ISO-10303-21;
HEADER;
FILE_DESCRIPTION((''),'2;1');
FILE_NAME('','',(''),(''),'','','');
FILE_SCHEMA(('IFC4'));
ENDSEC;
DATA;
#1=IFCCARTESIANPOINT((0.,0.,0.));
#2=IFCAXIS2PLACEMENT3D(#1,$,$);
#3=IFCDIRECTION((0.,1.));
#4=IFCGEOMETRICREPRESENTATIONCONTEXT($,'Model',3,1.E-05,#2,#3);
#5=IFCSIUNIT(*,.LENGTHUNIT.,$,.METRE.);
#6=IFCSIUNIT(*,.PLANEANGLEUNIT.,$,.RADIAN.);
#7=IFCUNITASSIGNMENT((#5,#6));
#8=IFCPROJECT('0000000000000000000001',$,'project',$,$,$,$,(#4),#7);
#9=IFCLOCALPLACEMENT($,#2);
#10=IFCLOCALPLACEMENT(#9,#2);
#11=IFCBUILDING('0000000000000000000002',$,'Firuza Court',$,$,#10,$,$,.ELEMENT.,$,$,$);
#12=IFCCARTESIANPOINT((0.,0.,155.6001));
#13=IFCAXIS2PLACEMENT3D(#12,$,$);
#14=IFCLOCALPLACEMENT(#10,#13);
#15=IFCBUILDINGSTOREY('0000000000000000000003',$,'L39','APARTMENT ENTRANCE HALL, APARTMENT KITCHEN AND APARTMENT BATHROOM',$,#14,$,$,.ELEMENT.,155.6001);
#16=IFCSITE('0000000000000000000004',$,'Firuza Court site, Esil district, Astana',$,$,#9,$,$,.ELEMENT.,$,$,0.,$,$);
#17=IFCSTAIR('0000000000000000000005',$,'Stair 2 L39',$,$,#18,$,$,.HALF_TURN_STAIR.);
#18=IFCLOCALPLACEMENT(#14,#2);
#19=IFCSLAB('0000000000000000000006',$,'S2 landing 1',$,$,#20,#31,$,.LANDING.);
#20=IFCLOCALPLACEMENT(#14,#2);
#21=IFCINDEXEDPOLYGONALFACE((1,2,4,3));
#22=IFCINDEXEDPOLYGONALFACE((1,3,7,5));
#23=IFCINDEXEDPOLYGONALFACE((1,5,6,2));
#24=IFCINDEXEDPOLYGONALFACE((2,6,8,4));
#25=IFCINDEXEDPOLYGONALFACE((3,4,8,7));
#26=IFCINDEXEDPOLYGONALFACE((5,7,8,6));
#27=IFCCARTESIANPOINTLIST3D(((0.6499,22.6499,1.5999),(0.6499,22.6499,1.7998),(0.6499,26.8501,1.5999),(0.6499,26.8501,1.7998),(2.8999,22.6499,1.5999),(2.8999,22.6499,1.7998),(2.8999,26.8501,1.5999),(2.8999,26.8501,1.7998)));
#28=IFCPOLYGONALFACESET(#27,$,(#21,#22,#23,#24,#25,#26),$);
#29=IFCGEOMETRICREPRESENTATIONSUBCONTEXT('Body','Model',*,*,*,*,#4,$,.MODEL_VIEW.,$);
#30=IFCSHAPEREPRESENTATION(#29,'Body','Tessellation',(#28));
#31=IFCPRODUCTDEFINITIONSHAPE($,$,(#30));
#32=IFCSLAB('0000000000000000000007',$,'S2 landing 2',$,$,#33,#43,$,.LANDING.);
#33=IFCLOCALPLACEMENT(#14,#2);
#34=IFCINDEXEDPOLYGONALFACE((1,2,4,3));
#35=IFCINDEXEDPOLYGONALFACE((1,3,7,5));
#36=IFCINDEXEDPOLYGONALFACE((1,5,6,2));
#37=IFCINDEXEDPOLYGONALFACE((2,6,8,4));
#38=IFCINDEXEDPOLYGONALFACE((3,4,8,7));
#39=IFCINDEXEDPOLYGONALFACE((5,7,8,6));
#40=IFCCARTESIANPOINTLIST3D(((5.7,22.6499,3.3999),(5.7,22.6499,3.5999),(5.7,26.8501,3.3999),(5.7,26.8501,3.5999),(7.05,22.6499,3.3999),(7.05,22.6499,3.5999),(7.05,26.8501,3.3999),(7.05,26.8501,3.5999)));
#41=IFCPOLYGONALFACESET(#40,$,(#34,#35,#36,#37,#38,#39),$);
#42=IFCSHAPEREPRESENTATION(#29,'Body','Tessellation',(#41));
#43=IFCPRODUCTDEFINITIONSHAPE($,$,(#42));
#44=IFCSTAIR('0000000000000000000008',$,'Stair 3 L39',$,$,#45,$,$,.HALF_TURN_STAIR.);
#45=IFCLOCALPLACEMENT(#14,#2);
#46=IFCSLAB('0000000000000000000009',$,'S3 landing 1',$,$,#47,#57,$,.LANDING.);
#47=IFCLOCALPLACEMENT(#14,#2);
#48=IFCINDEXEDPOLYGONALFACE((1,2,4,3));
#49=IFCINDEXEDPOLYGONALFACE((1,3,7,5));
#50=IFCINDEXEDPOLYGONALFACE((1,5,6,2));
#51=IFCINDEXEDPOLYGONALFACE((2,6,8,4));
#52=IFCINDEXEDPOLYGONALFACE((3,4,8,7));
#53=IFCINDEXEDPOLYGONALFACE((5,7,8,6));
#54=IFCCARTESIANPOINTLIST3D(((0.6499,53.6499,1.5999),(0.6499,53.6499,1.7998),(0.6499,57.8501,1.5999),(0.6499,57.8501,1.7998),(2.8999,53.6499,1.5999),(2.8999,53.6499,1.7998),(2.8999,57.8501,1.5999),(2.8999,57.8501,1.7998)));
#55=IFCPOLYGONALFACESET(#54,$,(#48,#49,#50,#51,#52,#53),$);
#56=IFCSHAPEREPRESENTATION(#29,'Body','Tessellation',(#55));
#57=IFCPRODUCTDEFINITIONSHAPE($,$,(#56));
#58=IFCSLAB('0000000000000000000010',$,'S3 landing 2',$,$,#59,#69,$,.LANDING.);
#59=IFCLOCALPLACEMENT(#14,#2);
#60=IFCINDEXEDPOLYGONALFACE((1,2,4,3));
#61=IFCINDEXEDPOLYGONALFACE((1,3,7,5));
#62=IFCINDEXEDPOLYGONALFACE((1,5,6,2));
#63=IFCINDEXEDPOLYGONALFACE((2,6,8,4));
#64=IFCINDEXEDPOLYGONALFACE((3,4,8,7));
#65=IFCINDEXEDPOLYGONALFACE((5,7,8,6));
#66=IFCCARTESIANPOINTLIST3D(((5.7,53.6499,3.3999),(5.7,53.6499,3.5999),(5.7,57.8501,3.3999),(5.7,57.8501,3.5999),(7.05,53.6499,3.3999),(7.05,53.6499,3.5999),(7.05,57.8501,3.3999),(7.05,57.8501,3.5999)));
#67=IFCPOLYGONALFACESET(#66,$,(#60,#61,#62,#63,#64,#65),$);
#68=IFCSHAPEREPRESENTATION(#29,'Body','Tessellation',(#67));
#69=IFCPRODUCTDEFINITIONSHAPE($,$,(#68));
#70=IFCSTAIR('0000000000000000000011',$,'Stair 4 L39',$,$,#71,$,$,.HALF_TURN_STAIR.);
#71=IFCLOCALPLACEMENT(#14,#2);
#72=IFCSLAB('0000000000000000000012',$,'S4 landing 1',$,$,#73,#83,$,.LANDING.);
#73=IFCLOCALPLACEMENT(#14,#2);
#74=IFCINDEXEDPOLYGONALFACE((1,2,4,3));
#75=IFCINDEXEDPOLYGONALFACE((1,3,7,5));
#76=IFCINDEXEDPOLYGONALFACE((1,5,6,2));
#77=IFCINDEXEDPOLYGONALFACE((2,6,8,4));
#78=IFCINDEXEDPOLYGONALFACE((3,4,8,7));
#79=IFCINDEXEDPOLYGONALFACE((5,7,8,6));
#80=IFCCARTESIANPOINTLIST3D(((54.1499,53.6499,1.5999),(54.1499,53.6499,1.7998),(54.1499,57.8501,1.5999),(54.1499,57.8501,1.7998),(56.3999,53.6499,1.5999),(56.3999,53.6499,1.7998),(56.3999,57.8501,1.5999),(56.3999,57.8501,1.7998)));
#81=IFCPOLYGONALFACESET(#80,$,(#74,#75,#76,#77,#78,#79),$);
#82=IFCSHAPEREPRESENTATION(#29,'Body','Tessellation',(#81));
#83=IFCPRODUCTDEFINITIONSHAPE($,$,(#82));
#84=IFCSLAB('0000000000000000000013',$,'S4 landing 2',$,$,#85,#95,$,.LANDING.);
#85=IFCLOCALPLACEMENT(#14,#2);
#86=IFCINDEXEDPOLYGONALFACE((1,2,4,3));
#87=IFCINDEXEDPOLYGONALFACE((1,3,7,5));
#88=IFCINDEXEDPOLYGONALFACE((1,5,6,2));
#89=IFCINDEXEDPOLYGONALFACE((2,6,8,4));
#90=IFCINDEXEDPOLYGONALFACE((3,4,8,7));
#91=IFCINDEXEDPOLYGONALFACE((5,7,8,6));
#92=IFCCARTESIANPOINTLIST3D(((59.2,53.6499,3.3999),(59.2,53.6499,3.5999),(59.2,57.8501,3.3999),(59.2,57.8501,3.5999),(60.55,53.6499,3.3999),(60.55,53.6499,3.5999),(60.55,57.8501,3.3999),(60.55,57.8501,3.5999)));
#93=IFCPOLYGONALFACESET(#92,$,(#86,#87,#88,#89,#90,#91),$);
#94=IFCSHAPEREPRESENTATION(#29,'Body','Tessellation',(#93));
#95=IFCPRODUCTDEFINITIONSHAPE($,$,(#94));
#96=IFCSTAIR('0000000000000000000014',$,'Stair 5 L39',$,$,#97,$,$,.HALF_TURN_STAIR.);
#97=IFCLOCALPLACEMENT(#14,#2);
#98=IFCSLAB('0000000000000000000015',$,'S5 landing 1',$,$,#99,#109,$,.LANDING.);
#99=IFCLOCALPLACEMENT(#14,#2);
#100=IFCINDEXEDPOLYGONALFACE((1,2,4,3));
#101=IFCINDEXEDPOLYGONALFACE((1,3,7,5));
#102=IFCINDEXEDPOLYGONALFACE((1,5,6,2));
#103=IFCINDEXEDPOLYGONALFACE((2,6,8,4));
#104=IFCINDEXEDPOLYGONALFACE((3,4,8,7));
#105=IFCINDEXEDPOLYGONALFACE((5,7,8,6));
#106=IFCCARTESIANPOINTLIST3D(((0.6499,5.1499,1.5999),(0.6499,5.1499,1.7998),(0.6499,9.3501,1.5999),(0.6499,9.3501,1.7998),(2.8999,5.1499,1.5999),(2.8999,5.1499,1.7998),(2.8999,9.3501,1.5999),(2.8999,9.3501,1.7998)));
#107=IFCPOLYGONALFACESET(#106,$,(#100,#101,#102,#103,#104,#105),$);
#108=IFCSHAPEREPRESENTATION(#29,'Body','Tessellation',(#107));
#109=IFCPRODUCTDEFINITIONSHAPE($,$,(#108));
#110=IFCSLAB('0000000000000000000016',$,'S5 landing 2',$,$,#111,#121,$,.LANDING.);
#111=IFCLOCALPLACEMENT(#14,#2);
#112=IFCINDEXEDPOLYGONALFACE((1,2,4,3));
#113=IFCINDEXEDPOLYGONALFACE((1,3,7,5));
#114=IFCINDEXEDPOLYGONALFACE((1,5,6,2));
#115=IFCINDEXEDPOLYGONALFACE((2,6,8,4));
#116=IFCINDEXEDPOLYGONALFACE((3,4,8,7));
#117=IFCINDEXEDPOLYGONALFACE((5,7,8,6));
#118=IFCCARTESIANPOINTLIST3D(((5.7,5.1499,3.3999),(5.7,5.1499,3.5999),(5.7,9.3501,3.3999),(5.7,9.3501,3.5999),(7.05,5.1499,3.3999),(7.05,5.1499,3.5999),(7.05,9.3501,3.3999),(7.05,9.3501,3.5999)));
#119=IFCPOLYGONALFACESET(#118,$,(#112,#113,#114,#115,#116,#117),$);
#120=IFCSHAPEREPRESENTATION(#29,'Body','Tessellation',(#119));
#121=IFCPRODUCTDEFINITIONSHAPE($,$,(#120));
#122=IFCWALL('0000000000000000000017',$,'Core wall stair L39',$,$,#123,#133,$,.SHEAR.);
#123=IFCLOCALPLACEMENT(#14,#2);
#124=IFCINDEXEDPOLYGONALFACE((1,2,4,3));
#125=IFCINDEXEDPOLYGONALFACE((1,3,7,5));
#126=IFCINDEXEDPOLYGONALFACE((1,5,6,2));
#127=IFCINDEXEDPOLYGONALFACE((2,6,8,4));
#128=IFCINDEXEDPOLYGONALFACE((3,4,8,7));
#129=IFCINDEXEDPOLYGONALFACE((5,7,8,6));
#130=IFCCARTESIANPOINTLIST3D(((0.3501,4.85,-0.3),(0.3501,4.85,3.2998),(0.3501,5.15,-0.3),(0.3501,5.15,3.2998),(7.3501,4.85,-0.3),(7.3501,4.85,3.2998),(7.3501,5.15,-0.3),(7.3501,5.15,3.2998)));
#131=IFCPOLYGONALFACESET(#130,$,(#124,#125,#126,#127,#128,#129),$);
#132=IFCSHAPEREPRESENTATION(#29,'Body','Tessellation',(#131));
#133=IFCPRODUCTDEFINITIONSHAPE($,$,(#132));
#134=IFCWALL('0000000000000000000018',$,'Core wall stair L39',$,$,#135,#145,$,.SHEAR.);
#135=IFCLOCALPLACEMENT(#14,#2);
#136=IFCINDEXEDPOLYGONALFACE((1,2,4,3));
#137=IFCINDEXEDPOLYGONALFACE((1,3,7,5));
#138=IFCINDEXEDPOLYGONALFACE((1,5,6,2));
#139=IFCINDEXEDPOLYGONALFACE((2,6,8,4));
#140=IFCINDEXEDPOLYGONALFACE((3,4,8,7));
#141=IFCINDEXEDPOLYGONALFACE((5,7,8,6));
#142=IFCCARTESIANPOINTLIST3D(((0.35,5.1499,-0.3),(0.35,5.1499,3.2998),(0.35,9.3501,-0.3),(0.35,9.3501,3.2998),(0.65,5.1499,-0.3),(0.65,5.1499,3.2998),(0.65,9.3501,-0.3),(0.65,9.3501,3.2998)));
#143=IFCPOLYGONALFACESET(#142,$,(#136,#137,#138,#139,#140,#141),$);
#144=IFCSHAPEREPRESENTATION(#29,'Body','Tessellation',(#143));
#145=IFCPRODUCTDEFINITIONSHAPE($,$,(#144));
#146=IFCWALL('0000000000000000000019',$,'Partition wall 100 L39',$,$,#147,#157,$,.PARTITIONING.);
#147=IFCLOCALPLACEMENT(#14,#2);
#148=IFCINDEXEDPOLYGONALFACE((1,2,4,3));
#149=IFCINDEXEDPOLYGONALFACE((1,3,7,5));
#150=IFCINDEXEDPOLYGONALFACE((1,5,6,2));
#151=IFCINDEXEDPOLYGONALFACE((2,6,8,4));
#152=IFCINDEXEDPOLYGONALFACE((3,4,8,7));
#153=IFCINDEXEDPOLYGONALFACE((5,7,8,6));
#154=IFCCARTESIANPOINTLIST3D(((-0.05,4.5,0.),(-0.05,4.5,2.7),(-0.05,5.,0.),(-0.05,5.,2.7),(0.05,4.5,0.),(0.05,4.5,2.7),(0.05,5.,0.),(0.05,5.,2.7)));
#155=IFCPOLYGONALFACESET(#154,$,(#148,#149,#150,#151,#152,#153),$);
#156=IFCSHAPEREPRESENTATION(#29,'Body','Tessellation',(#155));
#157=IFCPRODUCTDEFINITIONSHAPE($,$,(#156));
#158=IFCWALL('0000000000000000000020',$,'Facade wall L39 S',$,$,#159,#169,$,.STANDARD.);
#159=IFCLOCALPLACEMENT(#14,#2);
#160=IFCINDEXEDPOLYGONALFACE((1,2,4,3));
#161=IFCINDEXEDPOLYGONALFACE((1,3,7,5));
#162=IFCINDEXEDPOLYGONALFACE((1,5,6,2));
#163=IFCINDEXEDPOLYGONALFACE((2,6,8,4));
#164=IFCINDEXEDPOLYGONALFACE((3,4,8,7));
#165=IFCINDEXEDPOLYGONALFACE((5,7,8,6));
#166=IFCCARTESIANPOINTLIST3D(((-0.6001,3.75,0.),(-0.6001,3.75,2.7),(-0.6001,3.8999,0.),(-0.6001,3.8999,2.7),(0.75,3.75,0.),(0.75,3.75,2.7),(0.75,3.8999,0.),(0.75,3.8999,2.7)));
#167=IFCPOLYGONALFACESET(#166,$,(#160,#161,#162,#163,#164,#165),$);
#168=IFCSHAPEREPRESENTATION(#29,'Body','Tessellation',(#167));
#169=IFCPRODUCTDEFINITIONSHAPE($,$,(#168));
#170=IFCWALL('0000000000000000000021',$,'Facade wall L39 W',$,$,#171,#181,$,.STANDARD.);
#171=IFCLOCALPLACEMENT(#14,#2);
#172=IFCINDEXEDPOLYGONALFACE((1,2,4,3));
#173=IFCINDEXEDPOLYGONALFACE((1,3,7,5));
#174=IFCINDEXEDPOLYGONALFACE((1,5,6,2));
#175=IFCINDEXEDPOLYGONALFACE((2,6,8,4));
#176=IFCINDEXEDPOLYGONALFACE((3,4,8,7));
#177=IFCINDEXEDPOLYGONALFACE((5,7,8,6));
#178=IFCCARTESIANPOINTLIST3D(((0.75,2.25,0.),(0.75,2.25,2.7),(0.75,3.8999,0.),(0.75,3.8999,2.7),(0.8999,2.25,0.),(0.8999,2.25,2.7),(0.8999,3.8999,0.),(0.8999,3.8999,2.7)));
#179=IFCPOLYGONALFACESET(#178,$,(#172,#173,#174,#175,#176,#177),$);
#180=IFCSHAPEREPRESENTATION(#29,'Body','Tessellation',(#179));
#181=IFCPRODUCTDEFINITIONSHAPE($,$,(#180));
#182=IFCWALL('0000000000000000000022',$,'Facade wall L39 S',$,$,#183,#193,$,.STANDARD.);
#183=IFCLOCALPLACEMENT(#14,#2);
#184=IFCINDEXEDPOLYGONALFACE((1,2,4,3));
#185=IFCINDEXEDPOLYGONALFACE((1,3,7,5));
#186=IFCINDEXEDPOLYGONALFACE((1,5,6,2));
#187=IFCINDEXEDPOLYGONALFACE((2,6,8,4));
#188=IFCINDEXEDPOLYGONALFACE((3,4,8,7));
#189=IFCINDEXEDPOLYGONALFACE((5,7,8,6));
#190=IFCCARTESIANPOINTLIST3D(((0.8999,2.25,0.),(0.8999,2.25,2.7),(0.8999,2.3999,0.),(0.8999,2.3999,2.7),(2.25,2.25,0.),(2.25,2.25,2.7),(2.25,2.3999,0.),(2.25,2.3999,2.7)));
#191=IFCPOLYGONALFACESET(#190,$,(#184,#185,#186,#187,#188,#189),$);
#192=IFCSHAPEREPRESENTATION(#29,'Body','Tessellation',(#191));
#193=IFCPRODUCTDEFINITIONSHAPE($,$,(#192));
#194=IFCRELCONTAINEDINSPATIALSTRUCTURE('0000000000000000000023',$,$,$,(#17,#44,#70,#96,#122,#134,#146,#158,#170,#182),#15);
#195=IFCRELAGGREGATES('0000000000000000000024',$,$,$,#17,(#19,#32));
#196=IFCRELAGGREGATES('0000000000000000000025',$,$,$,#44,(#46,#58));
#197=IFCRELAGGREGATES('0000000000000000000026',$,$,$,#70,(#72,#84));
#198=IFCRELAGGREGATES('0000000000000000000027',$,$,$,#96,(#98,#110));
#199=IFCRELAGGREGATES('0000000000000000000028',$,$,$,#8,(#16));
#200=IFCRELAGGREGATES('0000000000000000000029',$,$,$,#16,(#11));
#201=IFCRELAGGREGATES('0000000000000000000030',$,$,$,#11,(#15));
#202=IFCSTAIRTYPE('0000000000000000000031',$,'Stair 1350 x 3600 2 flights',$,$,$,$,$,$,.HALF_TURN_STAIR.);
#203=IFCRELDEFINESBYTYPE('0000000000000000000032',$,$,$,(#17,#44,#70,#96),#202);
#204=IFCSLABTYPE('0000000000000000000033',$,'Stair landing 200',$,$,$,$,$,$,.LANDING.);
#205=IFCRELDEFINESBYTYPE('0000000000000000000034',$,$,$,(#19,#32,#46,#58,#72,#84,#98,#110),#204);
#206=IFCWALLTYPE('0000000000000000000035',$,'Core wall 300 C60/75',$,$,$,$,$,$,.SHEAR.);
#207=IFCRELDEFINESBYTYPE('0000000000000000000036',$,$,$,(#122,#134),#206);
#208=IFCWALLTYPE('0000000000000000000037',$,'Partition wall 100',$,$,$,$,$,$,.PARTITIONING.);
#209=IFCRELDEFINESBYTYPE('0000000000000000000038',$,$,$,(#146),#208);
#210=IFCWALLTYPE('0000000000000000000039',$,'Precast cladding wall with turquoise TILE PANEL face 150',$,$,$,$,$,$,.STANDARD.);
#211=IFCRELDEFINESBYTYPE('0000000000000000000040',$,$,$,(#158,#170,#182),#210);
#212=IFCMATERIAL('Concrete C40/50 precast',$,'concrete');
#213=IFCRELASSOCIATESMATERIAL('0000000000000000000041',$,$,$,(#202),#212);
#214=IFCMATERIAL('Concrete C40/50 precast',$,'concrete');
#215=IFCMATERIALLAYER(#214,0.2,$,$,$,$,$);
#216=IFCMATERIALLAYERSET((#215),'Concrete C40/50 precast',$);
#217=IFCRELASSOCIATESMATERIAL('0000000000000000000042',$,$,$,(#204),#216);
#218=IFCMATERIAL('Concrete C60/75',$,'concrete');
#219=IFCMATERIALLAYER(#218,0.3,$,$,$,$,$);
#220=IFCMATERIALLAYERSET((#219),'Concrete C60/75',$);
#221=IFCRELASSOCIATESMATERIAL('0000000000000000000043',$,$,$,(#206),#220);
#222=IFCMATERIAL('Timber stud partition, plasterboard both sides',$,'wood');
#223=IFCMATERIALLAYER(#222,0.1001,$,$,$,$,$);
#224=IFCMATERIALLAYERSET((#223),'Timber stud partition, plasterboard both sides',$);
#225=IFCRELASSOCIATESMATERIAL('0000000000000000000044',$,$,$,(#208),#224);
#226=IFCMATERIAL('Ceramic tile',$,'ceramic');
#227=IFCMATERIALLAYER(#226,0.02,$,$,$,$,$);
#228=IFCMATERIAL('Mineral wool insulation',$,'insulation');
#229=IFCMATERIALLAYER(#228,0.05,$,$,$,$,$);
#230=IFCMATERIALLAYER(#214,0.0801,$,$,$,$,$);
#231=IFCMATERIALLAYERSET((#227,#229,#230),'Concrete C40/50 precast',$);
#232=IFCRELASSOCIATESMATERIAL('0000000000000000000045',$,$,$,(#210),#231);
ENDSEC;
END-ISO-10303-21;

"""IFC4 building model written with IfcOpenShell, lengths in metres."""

from ifc_helpers import new_model, si_unit, direction, frame, frame_2d, origin, place, context, subcontext, project, spatial, polyline, rectangle, outline, extrude, material, layer, layer_set, type_object, element, aggregate, save


model = new_model("IFC4")

# Units and contexts
model_context = context("Model", 3, precision=1e-05, world=origin(), true_north=direction((0.0, 1.0)))
body_context = subcontext(model_context, "Body", "Model", "MODEL_VIEW")
ifc_project = project(units=[si_unit("LENGTHUNIT", "METRE"), si_unit("PLANEANGLEUNIT", "RADIAN")], contexts=[model_context])

# Site, building, storey
site_placement = place(None, origin())
site = spatial("IfcSite", under=ifc_project, at=site_placement, Name="Firuza Court site, Esil district, Astana", CompositionType="ELEMENT", RefElevation=0.0)
building_placement = place(site_placement, origin())
building = spatial("IfcBuilding", under=site, at=building_placement, Name="Firuza Court", CompositionType="ELEMENT")
storey_placement = place(building_placement, frame((0.0, 0.0, 155.6001)))
storey = spatial("IfcBuildingStorey", under=building, at=storey_placement, Name="L39", Description="APARTMENT ENTRANCE HALL, APARTMENT KITCHEN AND APARTMENT BATHROOM", CompositionType="ELEMENT", Elevation=155.6001)

# Stairs, slabs
ifc_material_1 = material(Name="Concrete C40/50 precast", Category="concrete")
stair_type = type_object("IfcStairType", Name="Stair 1350 x 3600 2 flights", PredefinedType="HALF_TURN_STAIR", material=ifc_material_1)
ifc_material_2 = material(Name="Concrete C40/50 precast", Category="concrete")
ifc_layer_1 = layer(ifc_material_2, 0.2)
ifc_layer_set_1 = layer_set([ifc_layer_1], Name="Concrete C40/50 precast")
slab_type_1 = type_object("IfcSlabType", Name="Stair landing 200", PredefinedType="LANDING", material=ifc_layer_set_1)
stair_1_placement = place(storey_placement, origin())
stair_1 = element("IfcStair", 1, at=stair_1_placement, inside=storey, type_object=stair_type, Name="Stair 2 L39", PredefinedType="HALF_TURN_STAIR")
slab_1_placement = place(storey_placement, frame((0.0, 0.0, 1.5999)))
slab_1 = element("IfcSlab", 2, at=slab_1_placement, type_object=slab_type_1, Name="S2 landing 1", PredefinedType="LANDING", context=body_context, shape_type="SweptSolid", body=[
    extrude(outline(polyline([(2.8999, 22.6499), (2.8999, 26.8501), (0.6499, 26.8501), (0.6499, 22.6499), (2.8999, 22.6499)])), origin(), (0.0, 0.0, 1.0), 0.2),
])
slab_2_placement = place(storey_placement, frame((0.0, 0.0, 3.3999)))
slab_2 = element("IfcSlab", 3, at=slab_2_placement, type_object=slab_type_1, Name="S2 landing 2", PredefinedType="LANDING", context=body_context, shape_type="SweptSolid", body=[
    extrude(outline(polyline([(7.05, 22.6499), (7.05, 26.8501), (5.7, 26.8501), (5.7, 22.6499), (7.05, 22.6499)])), origin(), (0.0, 0.0, 1.0), 0.2),
])
aggregate(stair_1, [slab_1, slab_2])
stair_2_placement = place(storey_placement, origin())
stair_2 = element("IfcStair", 4, at=stair_2_placement, inside=storey, type_object=stair_type, Name="Stair 3 L39", PredefinedType="HALF_TURN_STAIR")
slab_3_placement = place(storey_placement, frame((0.0, 0.0, 1.5999)))
slab_3 = element("IfcSlab", 5, at=slab_3_placement, type_object=slab_type_1, Name="S3 landing 1", PredefinedType="LANDING", context=body_context, shape_type="SweptSolid", body=[
    extrude(outline(polyline([(2.8999, 53.6499), (2.8999, 57.8501), (0.6499, 57.8501), (0.6499, 53.6499), (2.8999, 53.6499)])), origin(), (0.0, 0.0, 1.0), 0.2),
])
slab_4_placement = place(storey_placement, frame((0.0, 0.0, 3.3999)))
slab_4 = element("IfcSlab", 6, at=slab_4_placement, type_object=slab_type_1, Name="S3 landing 2", PredefinedType="LANDING", context=body_context, shape_type="SweptSolid", body=[
    extrude(outline(polyline([(7.05, 53.6499), (7.05, 57.8501), (5.7, 57.8501), (5.7, 53.6499), (7.05, 53.6499)])), origin(), (0.0, 0.0, 1.0), 0.2),
])
aggregate(stair_2, [slab_3, slab_4])
stair_3_placement = place(storey_placement, origin())
stair_3 = element("IfcStair", 7, at=stair_3_placement, inside=storey, type_object=stair_type, Name="Stair 4 L39", PredefinedType="HALF_TURN_STAIR")
slab_5_placement = place(storey_placement, frame((0.0, 0.0, 1.5999)))
slab_5 = element("IfcSlab", 8, at=slab_5_placement, type_object=slab_type_1, Name="S4 landing 1", PredefinedType="LANDING", context=body_context, shape_type="SweptSolid", body=[
    extrude(outline(polyline([(56.3999, 53.6499), (56.3999, 57.8501), (54.1499, 57.8501), (54.1499, 53.6499), (56.3999, 53.6499)])), origin(), (0.0, 0.0, 1.0), 0.2),
])
slab_6_placement = place(storey_placement, frame((0.0, 0.0, 3.3999)))
slab_6 = element("IfcSlab", 9, at=slab_6_placement, type_object=slab_type_1, Name="S4 landing 2", PredefinedType="LANDING", context=body_context, shape_type="SweptSolid", body=[
    extrude(outline(polyline([(60.55, 53.6499), (60.55, 57.8501), (59.2, 57.8501), (59.2, 53.6499), (60.55, 53.6499)])), origin(), (0.0, 0.0, 1.0), 0.2),
])
aggregate(stair_3, [slab_5, slab_6])
stair_4_placement = place(storey_placement, origin())
stair_4 = element("IfcStair", 10, at=stair_4_placement, inside=storey, type_object=stair_type, Name="Stair 5 L39", PredefinedType="HALF_TURN_STAIR")
slab_7_placement = place(storey_placement, frame((0.0, 0.0, 1.5999)))
slab_7 = element("IfcSlab", 11, at=slab_7_placement, type_object=slab_type_1, Name="S5 landing 1", PredefinedType="LANDING", context=body_context, shape_type="SweptSolid", body=[
    extrude(outline(polyline([(2.8999, 5.1499), (2.8999, 9.3501), (0.6499, 9.3501), (0.6499, 5.1499), (2.8999, 5.1499)])), origin(), (0.0, 0.0, 1.0), 0.2),
])
slab_8_placement = place(storey_placement, frame((0.0, 0.0, 3.3999)))
slab_8 = element("IfcSlab", 12, at=slab_8_placement, type_object=slab_type_1, Name="S5 landing 2", PredefinedType="LANDING", context=body_context, shape_type="SweptSolid", body=[
    extrude(outline(polyline([(7.05, 5.1499), (7.05, 9.3501), (5.7, 9.3501), (5.7, 5.1499), (7.05, 5.1499)])), origin(), (0.0, 0.0, 1.0), 0.2),
])
aggregate(stair_4, [slab_7, slab_8])

# Walls
ifc_material_3 = material(Name="Concrete C60/75", Category="concrete")
ifc_layer_2 = layer(ifc_material_3, 0.3)
ifc_layer_set_2 = layer_set([ifc_layer_2], Name="Concrete C60/75")
wall_type_1 = type_object("IfcWallType", Name="Core wall 300 C60/75", PredefinedType="SHEAR", material=ifc_layer_set_2)
wall_1_placement = place(storey_placement, frame((0.3501, 5.0, -0.3), z_axis=(0.0, 0.0, 1.0), x_axis=(1.0, 0.0, 0.0)))
element("IfcWall", 13, at=wall_1_placement, inside=storey, type_object=wall_type_1, Name="Core wall stair L39", PredefinedType="SHEAR", context=body_context, shape_type="SweptSolid", body=[
    extrude(rectangle(XDim=7.0, YDim=0.3, at=frame_2d((3.5, 0.0))), origin(), (0.0, 0.0, 1.0), 3.5999),
])
wall_2_placement = place(storey_placement, frame((0.5, 5.1499, -0.3), z_axis=(0.0, 0.0, 1.0), x_axis=(0.0, 1.0, 0.0)))
element("IfcWall", 14, at=wall_2_placement, inside=storey, type_object=wall_type_1, Name="Core wall stair L39", PredefinedType="SHEAR", context=body_context, shape_type="SweptSolid", body=[
    extrude(rectangle(XDim=4.2002, YDim=0.3, at=frame_2d((2.1001, 0.0))), origin(), (0.0, 0.0, 1.0), 3.5999),
])
ifc_material_4 = material(Name="Timber stud partition, plasterboard both sides", Category="wood")
ifc_layer_3 = layer(ifc_material_4, 0.1001)
ifc_layer_set_3 = layer_set([ifc_layer_3], Name="Timber stud partition, plasterboard both sides")
wall_type_2 = type_object("IfcWallType", Name="Partition wall 100", PredefinedType="PARTITIONING", material=ifc_layer_set_3)
wall_3_placement = place(storey_placement, frame((0.0, 4.5, 0.0), z_axis=(0.0, 0.0, 1.0), x_axis=(0.0, 1.0, 0.0)))
element("IfcWall", 15, at=wall_3_placement, inside=storey, type_object=wall_type_2, Name="Partition wall 100 L39", PredefinedType="PARTITIONING", context=body_context, shape_type="SweptSolid", body=[
    extrude(rectangle(XDim=0.5, YDim=0.1001, at=frame_2d((0.25, 0.0))), origin(), (0.0, 0.0, 1.0), 2.7),
])
ifc_material_5 = material(Name="Ceramic tile", Category="ceramic")
ifc_layer_4 = layer(ifc_material_5, 0.02)
ifc_material_6 = material(Name="Mineral wool insulation", Category="insulation")
ifc_layer_5 = layer(ifc_material_6, 0.05)
ifc_layer_6 = layer(ifc_material_2, 0.0801)
ifc_layer_set_4 = layer_set([ifc_layer_4, ifc_layer_5, ifc_layer_6], Name="Concrete C40/50 precast")
wall_type_3 = type_object("IfcWallType", Name="Precast cladding wall with turquoise TILE PANEL face 150", PredefinedType="STANDARD", material=ifc_layer_set_4)
wall_4_placement = place(storey_placement, frame((-0.6001, 3.825, 0.0), z_axis=(0.0, 0.0, 1.0), x_axis=(1.0, 0.0, 0.0)))
element("IfcWall", 16, at=wall_4_placement, inside=storey, type_object=wall_type_3, Name="Facade wall L39 S", PredefinedType="STANDARD", context=body_context, shape_type="SweptSolid", body=[
    extrude(rectangle(XDim=1.3501, YDim=0.1499, at=frame_2d((0.675, 0.0))), origin(), (0.0, 0.0, 1.0), 2.7),
])
wall_5_placement = place(storey_placement, frame((0.825, 3.8999, 0.0), z_axis=(0.0, 0.0, 1.0), x_axis=(0.0, -1.0, 0.0)))
element("IfcWall", 17, at=wall_5_placement, inside=storey, type_object=wall_type_3, Name="Facade wall L39 W", PredefinedType="STANDARD", context=body_context, shape_type="SweptSolid", body=[
    extrude(rectangle(XDim=1.6499, YDim=0.1499, at=frame_2d((0.825, 0.0))), origin(), (0.0, 0.0, 1.0), 2.7),
])
wall_6_placement = place(storey_placement, frame((0.8999, 2.325, 0.0), z_axis=(0.0, 0.0, 1.0), x_axis=(1.0, 0.0, 0.0)))
element("IfcWall", 18, at=wall_6_placement, inside=storey, type_object=wall_type_3, Name="Facade wall L39 S", PredefinedType="STANDARD", context=body_context, shape_type="SweptSolid", body=[
    extrude(rectangle(XDim=1.3501, YDim=0.1499, at=frame_2d((0.675, 0.0))), origin(), (0.0, 0.0, 1.0), 2.7),
])

save(model, "model.ifc")
